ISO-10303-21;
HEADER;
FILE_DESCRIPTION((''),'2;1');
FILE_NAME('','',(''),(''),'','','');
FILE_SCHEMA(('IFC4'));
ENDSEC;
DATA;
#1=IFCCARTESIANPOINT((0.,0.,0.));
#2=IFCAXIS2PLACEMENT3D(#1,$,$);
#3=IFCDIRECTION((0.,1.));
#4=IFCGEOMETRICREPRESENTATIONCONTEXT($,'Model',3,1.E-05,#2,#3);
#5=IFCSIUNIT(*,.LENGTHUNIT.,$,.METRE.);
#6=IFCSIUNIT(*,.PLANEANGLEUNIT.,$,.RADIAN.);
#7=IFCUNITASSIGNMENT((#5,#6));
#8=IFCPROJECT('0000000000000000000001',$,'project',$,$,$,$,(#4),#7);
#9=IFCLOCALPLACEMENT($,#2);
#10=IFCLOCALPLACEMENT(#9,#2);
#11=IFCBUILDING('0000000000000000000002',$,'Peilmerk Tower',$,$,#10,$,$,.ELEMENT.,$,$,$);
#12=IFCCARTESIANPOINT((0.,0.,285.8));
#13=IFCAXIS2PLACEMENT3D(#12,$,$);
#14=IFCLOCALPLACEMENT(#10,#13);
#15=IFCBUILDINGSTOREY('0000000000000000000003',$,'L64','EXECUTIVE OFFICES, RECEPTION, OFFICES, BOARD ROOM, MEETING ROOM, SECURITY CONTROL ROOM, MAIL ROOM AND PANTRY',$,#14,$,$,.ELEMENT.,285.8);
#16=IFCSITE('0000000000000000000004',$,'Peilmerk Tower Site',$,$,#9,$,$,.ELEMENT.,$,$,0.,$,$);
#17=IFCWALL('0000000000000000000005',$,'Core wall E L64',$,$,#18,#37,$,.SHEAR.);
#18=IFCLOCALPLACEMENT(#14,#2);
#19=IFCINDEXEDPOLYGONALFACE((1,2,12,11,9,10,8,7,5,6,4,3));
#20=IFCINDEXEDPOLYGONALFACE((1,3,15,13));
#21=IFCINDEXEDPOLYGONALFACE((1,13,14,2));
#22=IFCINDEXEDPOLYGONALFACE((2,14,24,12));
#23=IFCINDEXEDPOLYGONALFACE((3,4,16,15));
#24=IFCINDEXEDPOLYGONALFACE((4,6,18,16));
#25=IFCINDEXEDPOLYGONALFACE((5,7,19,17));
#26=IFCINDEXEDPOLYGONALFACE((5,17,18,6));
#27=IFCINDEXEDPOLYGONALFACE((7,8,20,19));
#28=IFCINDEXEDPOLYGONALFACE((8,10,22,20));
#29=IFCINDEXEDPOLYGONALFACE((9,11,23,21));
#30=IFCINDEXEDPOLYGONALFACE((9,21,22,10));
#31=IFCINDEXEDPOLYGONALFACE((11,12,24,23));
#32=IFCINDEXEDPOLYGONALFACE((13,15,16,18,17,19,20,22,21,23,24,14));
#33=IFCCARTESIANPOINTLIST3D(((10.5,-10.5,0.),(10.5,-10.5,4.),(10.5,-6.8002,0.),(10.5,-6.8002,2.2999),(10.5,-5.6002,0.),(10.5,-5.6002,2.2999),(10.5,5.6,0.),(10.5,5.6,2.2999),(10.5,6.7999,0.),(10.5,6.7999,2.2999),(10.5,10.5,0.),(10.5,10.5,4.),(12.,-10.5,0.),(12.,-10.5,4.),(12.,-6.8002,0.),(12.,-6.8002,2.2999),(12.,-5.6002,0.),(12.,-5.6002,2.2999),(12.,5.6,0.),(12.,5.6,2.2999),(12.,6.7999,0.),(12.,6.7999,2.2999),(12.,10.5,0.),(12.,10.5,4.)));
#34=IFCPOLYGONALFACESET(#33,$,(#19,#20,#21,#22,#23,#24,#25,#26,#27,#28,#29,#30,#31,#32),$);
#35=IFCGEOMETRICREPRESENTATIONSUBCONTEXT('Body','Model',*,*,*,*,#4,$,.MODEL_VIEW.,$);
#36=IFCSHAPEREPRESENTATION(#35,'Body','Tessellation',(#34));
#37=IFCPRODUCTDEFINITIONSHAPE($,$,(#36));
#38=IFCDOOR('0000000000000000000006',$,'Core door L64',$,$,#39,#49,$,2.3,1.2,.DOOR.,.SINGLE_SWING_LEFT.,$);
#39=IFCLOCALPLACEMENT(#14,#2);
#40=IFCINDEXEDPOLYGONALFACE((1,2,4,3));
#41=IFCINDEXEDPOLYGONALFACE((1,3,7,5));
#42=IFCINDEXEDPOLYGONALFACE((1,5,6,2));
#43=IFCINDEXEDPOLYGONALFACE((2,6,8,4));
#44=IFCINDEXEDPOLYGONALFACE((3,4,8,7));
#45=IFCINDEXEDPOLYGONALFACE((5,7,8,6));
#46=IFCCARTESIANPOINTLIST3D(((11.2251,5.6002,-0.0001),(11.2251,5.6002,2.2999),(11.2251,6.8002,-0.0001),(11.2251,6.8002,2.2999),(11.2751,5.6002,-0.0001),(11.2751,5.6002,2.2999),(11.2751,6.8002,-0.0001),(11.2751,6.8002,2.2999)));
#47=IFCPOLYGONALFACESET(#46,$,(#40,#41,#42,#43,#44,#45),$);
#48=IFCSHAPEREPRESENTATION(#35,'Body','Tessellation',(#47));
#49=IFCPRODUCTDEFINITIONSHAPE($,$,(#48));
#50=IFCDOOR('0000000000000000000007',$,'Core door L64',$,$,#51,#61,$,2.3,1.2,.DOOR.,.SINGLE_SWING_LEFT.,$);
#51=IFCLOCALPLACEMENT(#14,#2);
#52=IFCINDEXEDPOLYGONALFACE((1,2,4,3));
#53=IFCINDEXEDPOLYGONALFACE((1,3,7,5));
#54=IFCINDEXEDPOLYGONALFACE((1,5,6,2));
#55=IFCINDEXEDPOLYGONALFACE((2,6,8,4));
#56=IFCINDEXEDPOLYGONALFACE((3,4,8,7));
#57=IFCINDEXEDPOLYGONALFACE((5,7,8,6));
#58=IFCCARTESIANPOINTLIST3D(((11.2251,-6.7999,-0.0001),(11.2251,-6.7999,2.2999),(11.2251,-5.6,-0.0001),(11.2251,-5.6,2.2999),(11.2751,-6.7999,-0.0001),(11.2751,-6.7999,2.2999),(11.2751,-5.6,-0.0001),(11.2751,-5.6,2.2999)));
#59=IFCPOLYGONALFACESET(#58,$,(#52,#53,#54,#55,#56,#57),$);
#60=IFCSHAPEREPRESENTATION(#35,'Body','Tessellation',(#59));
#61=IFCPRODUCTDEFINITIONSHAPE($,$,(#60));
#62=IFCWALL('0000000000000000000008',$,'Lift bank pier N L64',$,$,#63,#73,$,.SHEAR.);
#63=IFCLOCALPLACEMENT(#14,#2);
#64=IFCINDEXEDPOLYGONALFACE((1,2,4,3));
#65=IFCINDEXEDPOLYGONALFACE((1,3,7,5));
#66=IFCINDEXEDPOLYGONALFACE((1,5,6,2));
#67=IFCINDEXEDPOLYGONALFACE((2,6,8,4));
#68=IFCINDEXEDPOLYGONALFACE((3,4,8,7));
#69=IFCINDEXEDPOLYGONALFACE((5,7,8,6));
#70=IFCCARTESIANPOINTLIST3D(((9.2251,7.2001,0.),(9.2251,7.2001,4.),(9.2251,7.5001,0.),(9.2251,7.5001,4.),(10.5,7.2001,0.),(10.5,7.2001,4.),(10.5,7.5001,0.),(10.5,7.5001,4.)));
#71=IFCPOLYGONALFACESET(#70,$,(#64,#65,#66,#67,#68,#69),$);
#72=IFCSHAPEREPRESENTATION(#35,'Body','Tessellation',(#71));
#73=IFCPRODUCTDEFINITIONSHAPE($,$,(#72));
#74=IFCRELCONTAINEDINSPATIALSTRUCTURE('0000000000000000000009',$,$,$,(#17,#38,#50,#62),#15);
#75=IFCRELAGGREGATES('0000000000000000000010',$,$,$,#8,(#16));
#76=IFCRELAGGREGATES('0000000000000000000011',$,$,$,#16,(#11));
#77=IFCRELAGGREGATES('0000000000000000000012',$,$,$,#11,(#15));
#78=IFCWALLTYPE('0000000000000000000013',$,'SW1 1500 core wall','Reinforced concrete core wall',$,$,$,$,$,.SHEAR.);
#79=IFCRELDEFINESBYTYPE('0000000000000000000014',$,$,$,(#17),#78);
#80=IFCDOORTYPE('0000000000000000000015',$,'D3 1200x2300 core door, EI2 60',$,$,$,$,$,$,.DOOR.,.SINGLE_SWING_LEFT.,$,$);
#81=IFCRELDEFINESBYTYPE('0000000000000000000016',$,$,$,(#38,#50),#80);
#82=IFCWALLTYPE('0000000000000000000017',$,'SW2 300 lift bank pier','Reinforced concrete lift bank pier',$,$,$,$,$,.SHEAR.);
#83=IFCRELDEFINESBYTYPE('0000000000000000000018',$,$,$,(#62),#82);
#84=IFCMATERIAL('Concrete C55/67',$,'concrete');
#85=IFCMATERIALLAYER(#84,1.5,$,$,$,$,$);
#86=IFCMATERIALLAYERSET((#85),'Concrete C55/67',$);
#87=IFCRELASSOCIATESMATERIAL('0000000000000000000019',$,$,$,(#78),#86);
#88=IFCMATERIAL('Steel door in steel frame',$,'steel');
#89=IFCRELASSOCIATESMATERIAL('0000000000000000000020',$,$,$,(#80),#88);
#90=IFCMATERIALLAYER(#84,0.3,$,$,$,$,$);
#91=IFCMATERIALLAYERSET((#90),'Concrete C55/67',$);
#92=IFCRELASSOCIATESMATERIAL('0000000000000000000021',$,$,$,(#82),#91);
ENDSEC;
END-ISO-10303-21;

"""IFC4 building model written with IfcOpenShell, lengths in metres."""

from ifc_helpers import new_model, si_unit, direction, frame, frame_2d, origin, place, context, subcontext, project, spatial, rectangle, extrude, material, layer, layer_set, type_object, element, fill, save


model = new_model("IFC4")

# Units and contexts
model_context = context("Model", 3, precision=1e-05, world=origin(), true_north=direction((0.0, 1.0)))
body_context = subcontext(model_context, "Body", "Model", "MODEL_VIEW")
ifc_project = project(units=[si_unit("LENGTHUNIT", "METRE"), si_unit("PLANEANGLEUNIT", "RADIAN")], contexts=[model_context])

# Site, building, storey
site_placement = place(None, origin())
site = spatial("IfcSite", under=ifc_project, at=site_placement, Name="Peilmerk Tower Site", CompositionType="ELEMENT", RefElevation=0.0)
building_placement = place(site_placement, origin())
building = spatial("IfcBuilding", under=site, at=building_placement, Name="Peilmerk Tower", CompositionType="ELEMENT")
storey_placement = place(building_placement, frame((0.0, 0.0, 285.8)))
storey = spatial("IfcBuildingStorey", under=building, at=storey_placement, Name="L64", Description="EXECUTIVE OFFICES, RECEPTION, OFFICES, BOARD ROOM, MEETING ROOM, SECURITY CONTROL ROOM, MAIL ROOM AND PANTRY", CompositionType="ELEMENT", Elevation=285.8)

# Shared definitions
ifc_material_1 = material(Name="Steel door in steel frame", Category="steel")

# Wall, openings, doors
ifc_material_2 = material(Name="Concrete C55/67", Category="concrete")
ifc_layer_1 = layer(ifc_material_2, 1.5)
ifc_layer_set_1 = layer_set([ifc_layer_1], Name="Concrete C55/67")
wall_type_1 = type_object("IfcWallType", Name="SW1 1500 core wall", Description="Reinforced concrete core wall", PredefinedType="SHEAR", material=ifc_layer_set_1)
wall_1_placement = place(storey_placement, frame((11.25, 10.5, 0.0), z_axis=(0.0, 0.0, 1.0), x_axis=(0.0, -1.0, 0.0)))
wall_1 = element("IfcWall", 1, at=wall_1_placement, inside=storey, type_object=wall_type_1, Name="Core wall E L64", PredefinedType="SHEAR", context=body_context, shape_type="SweptSolid", body=[
    extrude(rectangle(XDim=21.0, YDim=1.5, at=frame_2d((10.5, 0.0))), origin(), (0.0, 0.0, 1.0), 4.0),
])
opening_1_placement = place(wall_1_placement, frame((3.7, 0.0, 0.0)))
opening_1 = element("IfcOpeningElement", 2, at=opening_1_placement, cuts=wall_1, PredefinedType="OPENING", context=body_context, shape_type="SweptSolid", body=[
    extrude(rectangle(XDim=1.2, YDim=2.3, at=frame_2d((0.6001, 1.1499))), frame((0.0, 0.76, 0.0), z_axis=(0.0, -1.0, 0.0), x_axis=(1.0, 0.0, 0.0)), (0.0, 0.0, 1.0), 1.52),
])
opening_2_placement = place(wall_1_placement, frame((16.1001, 0.0, 0.0)))
opening_2 = element("IfcOpeningElement", 3, at=opening_2_placement, cuts=wall_1, PredefinedType="OPENING", context=body_context, shape_type="SweptSolid", body=[
    extrude(rectangle(XDim=1.2, YDim=2.3, at=frame_2d((0.6001, 1.1499))), frame((0.0, 0.76, 0.0), z_axis=(0.0, -1.0, 0.0), x_axis=(1.0, 0.0, 0.0)), (0.0, 0.0, 1.0), 1.52),
])
door_type_1 = type_object("IfcDoorType", Name="D3 1200x2300 core door, EI2 60", OperationType="SINGLE_SWING_LEFT", PredefinedType="DOOR", material=ifc_material_1)
door_1_placement = place(opening_1_placement, frame((1.2, 0.0, 0.0), z_axis=(0.0, 0.0, 1.0), x_axis=(-1.0, 0.0, 0.0)))
door_1 = element("IfcDoor", 4, at=door_1_placement, inside=storey, type_object=door_type_1, Name="Core door L64", OperationType="SINGLE_SWING_LEFT", OverallHeight=2.3, OverallWidth=1.2, PredefinedType="DOOR", context=body_context, shape_type="SweptSolid", body=[
    extrude(rectangle(XDim=1.2, YDim=2.3, at=frame_2d((0.6001, 1.1499))), frame((0.0, 0.0249, 0.0), z_axis=(0.0, -1.0, 0.0), x_axis=(1.0, 0.0, 0.0)), (0.0, 0.0, 1.0), 0.05),
])
fill(opening_1, door_1)
door_2_placement = place(opening_2_placement, frame((1.2, 0.0, 0.0), z_axis=(0.0, 0.0, 1.0), x_axis=(-1.0, 0.0, 0.0)))
door_2 = element("IfcDoor", 5, at=door_2_placement, inside=storey, type_object=door_type_1, Name="Core door L64", OperationType="SINGLE_SWING_LEFT", OverallHeight=2.3, OverallWidth=1.2, PredefinedType="DOOR", context=body_context, shape_type="SweptSolid", body=[
    extrude(rectangle(XDim=1.2, YDim=2.3, at=frame_2d((0.6001, 1.1499))), frame((0.0, 0.0249, 0.0), z_axis=(0.0, -1.0, 0.0), x_axis=(1.0, 0.0, 0.0)), (0.0, 0.0, 1.0), 0.05),
])
fill(opening_2, door_2)

# Wall
ifc_layer_2 = layer(ifc_material_2, 0.3)
ifc_layer_set_2 = layer_set([ifc_layer_2], Name="Concrete C55/67")
wall_type_2 = type_object("IfcWallType", Name="SW2 300 lift bank pier", Description="Reinforced concrete lift bank pier", PredefinedType="SHEAR", material=ifc_layer_set_2)
wall_2_placement = place(storey_placement, frame((9.2251, 7.3501, 0.0), z_axis=(0.0, 0.0, 1.0), x_axis=(1.0, 0.0, 0.0)))
element("IfcWall", 6, at=wall_2_placement, inside=storey, type_object=wall_type_2, Name="Lift bank pier N L64", PredefinedType="SHEAR", context=body_context, shape_type="SweptSolid", body=[
    extrude(rectangle(XDim=1.2749, YDim=0.3, at=frame_2d((0.6375, 0.0))), origin(), (0.0, 0.0, 1.0), 4.0),
])

save(model, "model.ifc")
